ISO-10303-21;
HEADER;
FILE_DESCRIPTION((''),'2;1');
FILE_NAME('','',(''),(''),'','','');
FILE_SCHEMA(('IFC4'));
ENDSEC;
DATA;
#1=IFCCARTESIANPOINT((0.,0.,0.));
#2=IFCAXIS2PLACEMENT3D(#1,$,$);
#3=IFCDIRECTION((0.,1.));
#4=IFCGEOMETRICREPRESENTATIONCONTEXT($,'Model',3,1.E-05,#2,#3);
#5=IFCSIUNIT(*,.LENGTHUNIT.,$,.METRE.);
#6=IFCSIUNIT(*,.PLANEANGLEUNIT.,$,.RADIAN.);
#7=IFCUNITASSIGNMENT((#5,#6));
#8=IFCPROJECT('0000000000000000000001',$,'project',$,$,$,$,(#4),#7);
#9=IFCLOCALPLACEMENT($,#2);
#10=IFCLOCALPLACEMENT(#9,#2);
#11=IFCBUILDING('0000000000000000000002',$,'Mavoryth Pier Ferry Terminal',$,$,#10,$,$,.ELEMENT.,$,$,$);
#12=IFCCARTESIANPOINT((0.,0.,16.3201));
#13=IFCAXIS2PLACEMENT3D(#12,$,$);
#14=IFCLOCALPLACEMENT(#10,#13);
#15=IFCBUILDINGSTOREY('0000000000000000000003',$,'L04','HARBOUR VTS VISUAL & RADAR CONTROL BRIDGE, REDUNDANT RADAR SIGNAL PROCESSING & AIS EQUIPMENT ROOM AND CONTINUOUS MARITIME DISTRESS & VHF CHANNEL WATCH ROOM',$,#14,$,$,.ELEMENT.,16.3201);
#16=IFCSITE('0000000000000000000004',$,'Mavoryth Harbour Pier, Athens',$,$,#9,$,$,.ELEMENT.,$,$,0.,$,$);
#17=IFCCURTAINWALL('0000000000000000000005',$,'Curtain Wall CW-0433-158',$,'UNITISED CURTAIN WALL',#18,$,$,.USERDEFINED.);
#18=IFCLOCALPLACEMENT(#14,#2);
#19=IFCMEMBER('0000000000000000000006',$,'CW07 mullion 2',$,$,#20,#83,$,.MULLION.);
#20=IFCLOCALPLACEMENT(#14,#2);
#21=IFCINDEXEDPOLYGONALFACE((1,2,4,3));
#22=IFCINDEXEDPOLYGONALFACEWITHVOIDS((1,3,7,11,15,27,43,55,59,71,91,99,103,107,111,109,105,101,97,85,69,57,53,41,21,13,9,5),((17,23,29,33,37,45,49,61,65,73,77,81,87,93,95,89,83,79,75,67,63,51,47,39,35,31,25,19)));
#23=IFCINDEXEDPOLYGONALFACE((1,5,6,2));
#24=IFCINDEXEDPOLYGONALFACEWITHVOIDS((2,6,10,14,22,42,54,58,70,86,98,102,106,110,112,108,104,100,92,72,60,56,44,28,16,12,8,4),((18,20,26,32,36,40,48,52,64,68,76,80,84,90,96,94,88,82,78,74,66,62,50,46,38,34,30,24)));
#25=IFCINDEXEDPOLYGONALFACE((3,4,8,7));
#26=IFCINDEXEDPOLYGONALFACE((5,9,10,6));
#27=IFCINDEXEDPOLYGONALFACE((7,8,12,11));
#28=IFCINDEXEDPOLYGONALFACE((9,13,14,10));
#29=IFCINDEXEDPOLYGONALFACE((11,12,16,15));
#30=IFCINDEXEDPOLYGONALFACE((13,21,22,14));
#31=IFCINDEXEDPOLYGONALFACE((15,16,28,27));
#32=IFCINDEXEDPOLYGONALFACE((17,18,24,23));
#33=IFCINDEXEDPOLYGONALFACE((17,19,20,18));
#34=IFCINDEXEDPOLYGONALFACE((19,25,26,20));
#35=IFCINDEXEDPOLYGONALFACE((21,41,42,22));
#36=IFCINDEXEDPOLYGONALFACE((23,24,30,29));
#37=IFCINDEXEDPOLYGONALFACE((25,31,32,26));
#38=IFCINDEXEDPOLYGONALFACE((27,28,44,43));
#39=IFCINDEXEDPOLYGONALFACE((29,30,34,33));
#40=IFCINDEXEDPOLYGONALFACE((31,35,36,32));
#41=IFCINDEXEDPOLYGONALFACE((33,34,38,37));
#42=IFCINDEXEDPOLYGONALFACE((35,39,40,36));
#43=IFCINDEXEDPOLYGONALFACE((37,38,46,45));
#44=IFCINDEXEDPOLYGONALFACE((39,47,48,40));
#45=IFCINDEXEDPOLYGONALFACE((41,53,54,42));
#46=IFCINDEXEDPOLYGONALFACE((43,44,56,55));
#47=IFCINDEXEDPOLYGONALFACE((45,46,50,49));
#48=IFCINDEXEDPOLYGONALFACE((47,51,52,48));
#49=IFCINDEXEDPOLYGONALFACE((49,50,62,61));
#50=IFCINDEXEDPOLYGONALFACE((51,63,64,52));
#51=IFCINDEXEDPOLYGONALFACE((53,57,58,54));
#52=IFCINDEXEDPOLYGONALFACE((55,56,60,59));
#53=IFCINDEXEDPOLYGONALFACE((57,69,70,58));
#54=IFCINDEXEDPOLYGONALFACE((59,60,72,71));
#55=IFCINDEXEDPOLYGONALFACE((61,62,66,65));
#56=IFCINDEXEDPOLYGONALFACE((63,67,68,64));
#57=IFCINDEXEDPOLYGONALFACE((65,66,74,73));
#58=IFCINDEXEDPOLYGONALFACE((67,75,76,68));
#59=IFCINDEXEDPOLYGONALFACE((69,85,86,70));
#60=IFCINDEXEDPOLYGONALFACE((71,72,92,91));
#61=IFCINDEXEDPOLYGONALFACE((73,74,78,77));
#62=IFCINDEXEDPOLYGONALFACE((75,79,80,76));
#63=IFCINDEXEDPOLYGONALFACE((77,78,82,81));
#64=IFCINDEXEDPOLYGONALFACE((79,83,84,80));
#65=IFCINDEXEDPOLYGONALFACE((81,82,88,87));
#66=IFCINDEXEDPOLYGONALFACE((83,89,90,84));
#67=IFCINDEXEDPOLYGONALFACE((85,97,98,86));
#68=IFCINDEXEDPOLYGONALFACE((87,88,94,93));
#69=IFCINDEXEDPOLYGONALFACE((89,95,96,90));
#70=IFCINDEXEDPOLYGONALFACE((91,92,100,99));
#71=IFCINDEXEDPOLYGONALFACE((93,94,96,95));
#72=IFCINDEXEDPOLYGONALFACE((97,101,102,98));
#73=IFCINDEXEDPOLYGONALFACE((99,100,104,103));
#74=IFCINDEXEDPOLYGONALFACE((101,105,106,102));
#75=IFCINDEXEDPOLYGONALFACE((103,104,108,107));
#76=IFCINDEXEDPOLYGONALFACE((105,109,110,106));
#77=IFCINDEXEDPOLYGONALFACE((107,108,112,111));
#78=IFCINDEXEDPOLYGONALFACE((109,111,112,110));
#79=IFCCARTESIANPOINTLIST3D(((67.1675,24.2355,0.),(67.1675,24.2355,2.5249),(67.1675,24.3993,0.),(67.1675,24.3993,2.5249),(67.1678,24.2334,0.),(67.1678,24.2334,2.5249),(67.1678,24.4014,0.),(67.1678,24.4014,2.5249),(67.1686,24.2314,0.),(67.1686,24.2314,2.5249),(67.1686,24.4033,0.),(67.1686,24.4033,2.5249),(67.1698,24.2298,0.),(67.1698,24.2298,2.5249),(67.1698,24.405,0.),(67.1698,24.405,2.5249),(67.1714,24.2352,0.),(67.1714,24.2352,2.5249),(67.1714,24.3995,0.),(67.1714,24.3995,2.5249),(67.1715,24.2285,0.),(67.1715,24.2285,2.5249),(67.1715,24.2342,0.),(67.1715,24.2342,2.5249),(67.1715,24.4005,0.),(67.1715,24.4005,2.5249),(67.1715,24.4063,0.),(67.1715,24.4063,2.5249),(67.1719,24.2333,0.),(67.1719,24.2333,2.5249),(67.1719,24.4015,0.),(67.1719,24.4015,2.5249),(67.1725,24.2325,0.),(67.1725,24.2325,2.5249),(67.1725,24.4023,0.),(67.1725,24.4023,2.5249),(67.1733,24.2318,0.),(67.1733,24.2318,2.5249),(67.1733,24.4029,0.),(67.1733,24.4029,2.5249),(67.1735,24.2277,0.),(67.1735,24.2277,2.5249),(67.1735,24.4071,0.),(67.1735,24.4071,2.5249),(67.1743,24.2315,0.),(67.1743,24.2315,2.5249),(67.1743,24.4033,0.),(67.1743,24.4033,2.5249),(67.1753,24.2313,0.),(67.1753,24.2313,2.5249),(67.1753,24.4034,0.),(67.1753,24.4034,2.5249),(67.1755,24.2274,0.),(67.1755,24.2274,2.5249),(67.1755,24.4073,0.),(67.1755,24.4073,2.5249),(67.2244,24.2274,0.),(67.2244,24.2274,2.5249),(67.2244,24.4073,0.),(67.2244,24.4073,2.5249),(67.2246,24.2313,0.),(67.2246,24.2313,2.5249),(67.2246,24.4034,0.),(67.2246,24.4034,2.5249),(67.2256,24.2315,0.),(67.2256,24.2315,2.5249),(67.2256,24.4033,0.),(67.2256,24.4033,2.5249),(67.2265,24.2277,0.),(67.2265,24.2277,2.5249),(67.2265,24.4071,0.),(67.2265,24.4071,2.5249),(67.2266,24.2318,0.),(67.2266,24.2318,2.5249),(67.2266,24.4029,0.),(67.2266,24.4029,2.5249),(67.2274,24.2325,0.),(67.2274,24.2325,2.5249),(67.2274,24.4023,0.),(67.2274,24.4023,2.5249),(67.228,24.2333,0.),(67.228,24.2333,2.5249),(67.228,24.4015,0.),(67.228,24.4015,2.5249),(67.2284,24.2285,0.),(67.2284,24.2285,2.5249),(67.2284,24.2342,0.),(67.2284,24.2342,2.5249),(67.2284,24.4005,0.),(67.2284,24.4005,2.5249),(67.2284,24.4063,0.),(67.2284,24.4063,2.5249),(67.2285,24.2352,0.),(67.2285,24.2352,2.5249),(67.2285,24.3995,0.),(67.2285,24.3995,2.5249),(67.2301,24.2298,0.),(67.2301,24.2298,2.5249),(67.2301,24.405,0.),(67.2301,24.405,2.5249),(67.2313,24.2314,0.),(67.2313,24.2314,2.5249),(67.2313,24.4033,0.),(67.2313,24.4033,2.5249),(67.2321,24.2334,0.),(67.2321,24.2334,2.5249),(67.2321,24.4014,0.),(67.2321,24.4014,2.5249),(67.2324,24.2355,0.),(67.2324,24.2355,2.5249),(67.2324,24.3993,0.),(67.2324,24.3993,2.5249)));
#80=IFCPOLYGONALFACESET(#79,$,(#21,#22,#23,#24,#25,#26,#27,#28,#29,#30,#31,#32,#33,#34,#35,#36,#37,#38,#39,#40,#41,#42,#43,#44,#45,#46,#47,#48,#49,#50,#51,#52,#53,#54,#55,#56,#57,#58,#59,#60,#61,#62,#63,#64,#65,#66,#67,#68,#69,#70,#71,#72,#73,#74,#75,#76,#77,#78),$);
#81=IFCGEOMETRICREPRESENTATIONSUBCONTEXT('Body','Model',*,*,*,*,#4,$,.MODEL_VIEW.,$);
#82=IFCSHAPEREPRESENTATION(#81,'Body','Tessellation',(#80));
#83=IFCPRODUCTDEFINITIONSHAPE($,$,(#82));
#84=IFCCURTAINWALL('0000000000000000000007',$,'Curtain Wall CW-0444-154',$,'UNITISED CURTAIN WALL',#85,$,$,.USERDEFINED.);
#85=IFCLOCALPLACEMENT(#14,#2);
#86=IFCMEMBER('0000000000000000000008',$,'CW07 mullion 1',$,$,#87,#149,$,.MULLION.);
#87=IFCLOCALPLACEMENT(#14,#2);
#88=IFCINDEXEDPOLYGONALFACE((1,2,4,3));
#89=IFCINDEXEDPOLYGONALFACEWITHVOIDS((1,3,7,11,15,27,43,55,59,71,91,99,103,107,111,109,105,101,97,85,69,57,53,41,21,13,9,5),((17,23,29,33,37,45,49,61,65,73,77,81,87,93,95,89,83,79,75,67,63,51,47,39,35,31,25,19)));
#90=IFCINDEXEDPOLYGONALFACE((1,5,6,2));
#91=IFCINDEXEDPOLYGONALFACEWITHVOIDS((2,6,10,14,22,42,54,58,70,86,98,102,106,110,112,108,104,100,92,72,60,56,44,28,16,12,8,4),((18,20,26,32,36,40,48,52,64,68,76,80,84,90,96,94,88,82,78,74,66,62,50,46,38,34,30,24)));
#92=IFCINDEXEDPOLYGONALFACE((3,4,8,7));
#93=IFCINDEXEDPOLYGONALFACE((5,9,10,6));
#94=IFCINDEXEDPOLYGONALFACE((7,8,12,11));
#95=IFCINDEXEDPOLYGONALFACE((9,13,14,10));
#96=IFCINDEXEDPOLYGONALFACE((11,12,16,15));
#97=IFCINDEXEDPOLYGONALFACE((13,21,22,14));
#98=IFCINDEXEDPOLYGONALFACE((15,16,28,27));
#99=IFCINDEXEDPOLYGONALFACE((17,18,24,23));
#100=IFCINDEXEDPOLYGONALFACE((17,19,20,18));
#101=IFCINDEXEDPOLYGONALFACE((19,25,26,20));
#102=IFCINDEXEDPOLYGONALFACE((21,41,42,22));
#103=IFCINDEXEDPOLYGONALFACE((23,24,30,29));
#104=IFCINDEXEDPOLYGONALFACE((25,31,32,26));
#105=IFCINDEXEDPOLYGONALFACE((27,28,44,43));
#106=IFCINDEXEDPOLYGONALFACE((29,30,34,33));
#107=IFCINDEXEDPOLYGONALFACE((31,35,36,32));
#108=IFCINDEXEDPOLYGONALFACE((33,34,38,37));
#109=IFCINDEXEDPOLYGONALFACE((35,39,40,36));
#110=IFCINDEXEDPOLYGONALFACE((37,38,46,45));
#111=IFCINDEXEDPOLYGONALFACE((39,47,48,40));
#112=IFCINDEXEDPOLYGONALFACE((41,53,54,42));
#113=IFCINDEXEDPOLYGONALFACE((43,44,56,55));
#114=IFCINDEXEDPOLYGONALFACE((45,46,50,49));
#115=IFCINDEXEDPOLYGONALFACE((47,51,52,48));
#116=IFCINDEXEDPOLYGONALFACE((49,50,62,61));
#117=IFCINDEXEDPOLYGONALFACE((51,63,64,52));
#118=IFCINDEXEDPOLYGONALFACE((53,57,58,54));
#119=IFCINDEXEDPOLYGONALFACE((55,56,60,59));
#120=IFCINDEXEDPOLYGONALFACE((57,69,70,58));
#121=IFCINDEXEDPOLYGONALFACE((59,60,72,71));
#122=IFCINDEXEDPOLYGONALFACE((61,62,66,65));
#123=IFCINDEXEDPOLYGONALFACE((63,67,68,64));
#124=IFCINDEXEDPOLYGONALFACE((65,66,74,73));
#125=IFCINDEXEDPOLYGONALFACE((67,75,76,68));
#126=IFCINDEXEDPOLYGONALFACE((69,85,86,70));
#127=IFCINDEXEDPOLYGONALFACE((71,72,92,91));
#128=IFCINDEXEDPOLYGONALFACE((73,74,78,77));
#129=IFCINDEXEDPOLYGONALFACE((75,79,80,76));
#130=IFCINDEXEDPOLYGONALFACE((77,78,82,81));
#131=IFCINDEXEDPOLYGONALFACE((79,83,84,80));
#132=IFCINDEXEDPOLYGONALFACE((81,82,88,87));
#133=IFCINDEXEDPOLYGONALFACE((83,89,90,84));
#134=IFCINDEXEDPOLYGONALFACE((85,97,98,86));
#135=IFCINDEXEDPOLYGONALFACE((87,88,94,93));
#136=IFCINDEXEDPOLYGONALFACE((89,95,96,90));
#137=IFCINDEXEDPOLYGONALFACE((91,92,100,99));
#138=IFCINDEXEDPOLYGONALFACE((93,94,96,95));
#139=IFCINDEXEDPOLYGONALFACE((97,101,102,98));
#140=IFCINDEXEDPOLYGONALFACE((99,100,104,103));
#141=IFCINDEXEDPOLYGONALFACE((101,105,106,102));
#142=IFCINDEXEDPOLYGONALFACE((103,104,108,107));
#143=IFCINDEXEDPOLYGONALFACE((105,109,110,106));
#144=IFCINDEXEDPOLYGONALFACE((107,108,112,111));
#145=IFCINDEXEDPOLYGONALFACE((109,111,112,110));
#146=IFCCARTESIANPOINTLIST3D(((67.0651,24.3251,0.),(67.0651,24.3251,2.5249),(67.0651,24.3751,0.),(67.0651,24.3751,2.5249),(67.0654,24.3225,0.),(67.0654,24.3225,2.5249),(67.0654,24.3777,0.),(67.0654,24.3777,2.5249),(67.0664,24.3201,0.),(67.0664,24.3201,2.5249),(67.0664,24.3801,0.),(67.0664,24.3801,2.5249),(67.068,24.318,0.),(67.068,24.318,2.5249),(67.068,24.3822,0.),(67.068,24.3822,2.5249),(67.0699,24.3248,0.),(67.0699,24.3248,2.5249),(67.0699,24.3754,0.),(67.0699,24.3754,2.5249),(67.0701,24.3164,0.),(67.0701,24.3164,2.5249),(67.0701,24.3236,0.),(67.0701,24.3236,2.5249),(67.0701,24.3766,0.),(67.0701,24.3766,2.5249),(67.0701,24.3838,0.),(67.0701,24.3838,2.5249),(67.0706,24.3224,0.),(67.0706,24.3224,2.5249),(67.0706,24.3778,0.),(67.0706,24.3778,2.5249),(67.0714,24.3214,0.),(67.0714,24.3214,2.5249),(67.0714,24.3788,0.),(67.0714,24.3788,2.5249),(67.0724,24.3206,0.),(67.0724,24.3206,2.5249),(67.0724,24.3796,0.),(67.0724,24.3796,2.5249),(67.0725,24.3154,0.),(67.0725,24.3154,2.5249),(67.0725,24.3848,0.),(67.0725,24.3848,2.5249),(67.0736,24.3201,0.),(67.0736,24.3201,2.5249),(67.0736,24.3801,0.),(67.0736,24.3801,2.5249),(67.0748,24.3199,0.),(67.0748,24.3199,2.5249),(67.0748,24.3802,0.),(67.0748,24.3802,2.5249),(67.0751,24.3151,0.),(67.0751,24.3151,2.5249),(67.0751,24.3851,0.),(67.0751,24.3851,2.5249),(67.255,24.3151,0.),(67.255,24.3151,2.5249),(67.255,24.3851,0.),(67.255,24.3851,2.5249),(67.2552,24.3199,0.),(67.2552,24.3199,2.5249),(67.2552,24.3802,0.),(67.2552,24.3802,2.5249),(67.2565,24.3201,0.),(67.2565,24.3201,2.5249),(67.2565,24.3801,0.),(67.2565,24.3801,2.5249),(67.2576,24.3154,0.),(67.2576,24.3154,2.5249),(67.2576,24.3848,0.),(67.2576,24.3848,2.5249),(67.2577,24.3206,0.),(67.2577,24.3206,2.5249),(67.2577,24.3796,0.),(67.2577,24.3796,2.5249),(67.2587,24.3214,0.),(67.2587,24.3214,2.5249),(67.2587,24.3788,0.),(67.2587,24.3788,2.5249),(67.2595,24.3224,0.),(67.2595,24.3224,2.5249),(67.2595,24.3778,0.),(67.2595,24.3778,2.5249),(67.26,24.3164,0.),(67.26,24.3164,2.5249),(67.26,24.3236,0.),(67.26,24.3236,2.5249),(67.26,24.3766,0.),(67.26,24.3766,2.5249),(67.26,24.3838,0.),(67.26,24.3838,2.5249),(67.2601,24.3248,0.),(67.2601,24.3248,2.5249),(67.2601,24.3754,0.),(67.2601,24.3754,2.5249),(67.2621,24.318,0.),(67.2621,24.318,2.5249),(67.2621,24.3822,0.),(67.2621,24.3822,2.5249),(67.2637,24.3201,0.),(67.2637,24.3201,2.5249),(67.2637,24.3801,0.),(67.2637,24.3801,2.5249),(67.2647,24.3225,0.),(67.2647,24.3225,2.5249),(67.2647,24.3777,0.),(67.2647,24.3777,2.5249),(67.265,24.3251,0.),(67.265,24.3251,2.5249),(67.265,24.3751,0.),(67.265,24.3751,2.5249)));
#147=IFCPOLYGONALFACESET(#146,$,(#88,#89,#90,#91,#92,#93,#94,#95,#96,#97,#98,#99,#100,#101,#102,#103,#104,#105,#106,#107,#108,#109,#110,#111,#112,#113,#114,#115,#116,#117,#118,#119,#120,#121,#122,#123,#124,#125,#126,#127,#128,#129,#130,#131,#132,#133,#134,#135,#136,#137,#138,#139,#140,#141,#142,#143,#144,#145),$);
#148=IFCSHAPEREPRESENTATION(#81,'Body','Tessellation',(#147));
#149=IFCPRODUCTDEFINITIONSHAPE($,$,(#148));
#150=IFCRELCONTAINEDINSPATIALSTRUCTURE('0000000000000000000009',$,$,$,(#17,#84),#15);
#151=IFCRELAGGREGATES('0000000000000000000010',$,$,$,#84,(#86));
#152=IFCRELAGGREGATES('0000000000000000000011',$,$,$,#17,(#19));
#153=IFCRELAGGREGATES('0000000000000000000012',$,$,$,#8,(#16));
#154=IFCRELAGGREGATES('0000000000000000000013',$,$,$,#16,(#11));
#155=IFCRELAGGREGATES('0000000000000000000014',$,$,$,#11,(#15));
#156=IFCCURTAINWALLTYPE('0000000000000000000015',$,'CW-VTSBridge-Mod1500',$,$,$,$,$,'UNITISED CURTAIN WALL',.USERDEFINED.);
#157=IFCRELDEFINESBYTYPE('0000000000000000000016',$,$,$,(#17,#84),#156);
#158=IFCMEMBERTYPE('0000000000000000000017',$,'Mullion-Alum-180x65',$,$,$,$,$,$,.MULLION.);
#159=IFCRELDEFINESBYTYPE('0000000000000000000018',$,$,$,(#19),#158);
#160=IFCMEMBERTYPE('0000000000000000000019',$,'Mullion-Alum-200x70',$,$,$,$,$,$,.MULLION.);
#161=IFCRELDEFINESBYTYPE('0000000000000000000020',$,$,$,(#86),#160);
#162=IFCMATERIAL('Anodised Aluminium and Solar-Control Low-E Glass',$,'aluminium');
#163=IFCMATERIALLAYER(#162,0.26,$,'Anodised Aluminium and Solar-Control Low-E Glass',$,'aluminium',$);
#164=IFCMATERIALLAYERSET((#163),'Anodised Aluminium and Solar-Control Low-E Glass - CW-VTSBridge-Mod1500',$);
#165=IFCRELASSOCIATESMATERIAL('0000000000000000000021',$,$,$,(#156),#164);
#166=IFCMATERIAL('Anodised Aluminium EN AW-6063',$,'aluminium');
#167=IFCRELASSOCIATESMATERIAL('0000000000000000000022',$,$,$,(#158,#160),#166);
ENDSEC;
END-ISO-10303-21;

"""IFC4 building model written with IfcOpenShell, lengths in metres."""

from ifc_helpers import new_model, si_unit, direction, frame, origin, origin_2d, place, context, subcontext, project, spatial, hollow_rectangle, extrude, material, layer, layer_set, material_profile, profile_set, type_object, element, aggregate, save


model = new_model("IFC4")

# Units and contexts
model_context = context("Model", 3, precision=1e-05, world=origin(), true_north=direction((0.0, 1.0)))
body_context = subcontext(model_context, "Body", "Model", "MODEL_VIEW")
ifc_project = project(units=[si_unit("LENGTHUNIT", "METRE"), si_unit("PLANEANGLEUNIT", "RADIAN")], contexts=[model_context])

# Site, building, storey
site_placement = place(None, origin())
site = spatial("IfcSite", under=ifc_project, at=site_placement, Name="Mavoryth Harbour Pier, Athens", CompositionType="ELEMENT", RefElevation=0.0)
building_placement = place(site_placement, origin())
building = spatial("IfcBuilding", under=site, at=building_placement, Name="Mavoryth Pier Ferry Terminal", CompositionType="ELEMENT")
storey_placement = place(building_placement, frame((0.0, 0.0, 16.3201)))
storey = spatial("IfcBuildingStorey", under=building, at=storey_placement, Name="L04", Description="HARBOUR VTS VISUAL & RADAR CONTROL BRIDGE, REDUNDANT RADAR SIGNAL PROCESSING & AIS EQUIPMENT ROOM AND CONTINUOUS MARITIME DISTRESS & VHF CHANNEL WATCH ROOM", CompositionType="ELEMENT", Elevation=16.3201)

# Shared definitions
ifc_material_1 = material(Name="Anodised Aluminium and Solar-Control Low-E Glass", Category="aluminium")
ifc_layer_1 = layer(ifc_material_1, 0.26, Name="Anodised Aluminium and Solar-Control Low-E Glass", Category="aluminium")
ifc_layer_set_1 = layer_set([ifc_layer_1], Name="Anodised Aluminium and Solar-Control Low-E Glass - CW-VTSBridge-Mod1500")
curtain_wall_type = type_object("IfcCurtainWallType", Name="CW-VTSBridge-Mod1500", ElementType="UNITISED CURTAIN WALL", PredefinedType="USERDEFINED", material=ifc_layer_set_1)
ifc_material_2 = material(Name="Anodised Aluminium EN AW-6063", Category="aluminium")

# Curtain walls, members
curtain_wall_1_placement = place(storey_placement, origin())
curtain_wall_1 = element("IfcCurtainWall", 1, at=curtain_wall_1_placement, inside=storey, type_object=curtain_wall_type, Name="Curtain Wall CW-0433-158", ObjectType="UNITISED CURTAIN WALL", PredefinedType="USERDEFINED")
ifc_material_profile_1 = material_profile(ifc_material_2, hollow_rectangle(XDim=0.0649, YDim=0.1799, WallThickness=0.0039, InnerFilletRadius=0.0039, OuterFilletRadius=0.0081, at=origin_2d()), Name="AL-MULL 180x65x4", Category="aluminium")
ifc_profile_set_1 = profile_set([ifc_material_profile_1], Name="Anodised Aluminium EN AW-6063 - AL-MULL 180x65x4")
member_type_1 = type_object("IfcMemberType", Name="Mullion-Alum-180x65", PredefinedType="MULLION", material=ifc_profile_set_1)
member_1_placement = place(storey_placement, frame((67.2, 24.3174, 0.0), z_axis=(0.0, 0.0, 1.0), x_axis=(-1.0, 0.0, 0.0)))
member_1 = element("IfcMember", 2, at=member_1_placement, type_object=member_type_1, Name="CW07 mullion 2", PredefinedType="MULLION", context=body_context, shape_type="SweptSolid", body=[
    extrude(hollow_rectangle(XDim=0.0649, YDim=0.1799, WallThickness=0.0039, InnerFilletRadius=0.0039, OuterFilletRadius=0.0081, at=origin_2d()), origin(), (0.0, 0.0, 1.0), 2.5249),
])
curtain_wall_2_placement = place(storey_placement, origin())
curtain_wall_2 = element("IfcCurtainWall", 3, at=curtain_wall_2_placement, inside=storey, type_object=curtain_wall_type, Name="Curtain Wall CW-0444-154", ObjectType="UNITISED CURTAIN WALL", PredefinedType="USERDEFINED")
ifc_material_profile_2 = material_profile(ifc_material_2, hollow_rectangle(XDim=0.0701, YDim=0.2, WallThickness=0.0049, InnerFilletRadius=0.0049, OuterFilletRadius=0.01, at=origin_2d()), Name="AL-MULL 200x70x5", Category="aluminium")
ifc_profile_set_2 = profile_set([ifc_material_profile_2], Name="Anodised Aluminium EN AW-6063 - AL-MULL 200x70x5")
member_type_2 = type_object("IfcMemberType", Name="Mullion-Alum-200x70", PredefinedType="MULLION", material=ifc_profile_set_2)
member_2_placement = place(storey_placement, frame((67.165, 24.3501, 0.0), z_axis=(0.0, 0.0, 1.0), x_axis=(0.0, -1.0, 0.0)))
member_2 = element("IfcMember", 4, at=member_2_placement, type_object=member_type_2, Name="CW07 mullion 1", PredefinedType="MULLION", context=body_context, shape_type="SweptSolid", body=[
    extrude(hollow_rectangle(XDim=0.0701, YDim=0.2, WallThickness=0.0049, InnerFilletRadius=0.0049, OuterFilletRadius=0.01, at=origin_2d()), origin(), (0.0, 0.0, 1.0), 2.5249),
])

aggregate(curtain_wall_2, [member_2])
aggregate(curtain_wall_1, [member_1])

save(model, "model.ifc")
